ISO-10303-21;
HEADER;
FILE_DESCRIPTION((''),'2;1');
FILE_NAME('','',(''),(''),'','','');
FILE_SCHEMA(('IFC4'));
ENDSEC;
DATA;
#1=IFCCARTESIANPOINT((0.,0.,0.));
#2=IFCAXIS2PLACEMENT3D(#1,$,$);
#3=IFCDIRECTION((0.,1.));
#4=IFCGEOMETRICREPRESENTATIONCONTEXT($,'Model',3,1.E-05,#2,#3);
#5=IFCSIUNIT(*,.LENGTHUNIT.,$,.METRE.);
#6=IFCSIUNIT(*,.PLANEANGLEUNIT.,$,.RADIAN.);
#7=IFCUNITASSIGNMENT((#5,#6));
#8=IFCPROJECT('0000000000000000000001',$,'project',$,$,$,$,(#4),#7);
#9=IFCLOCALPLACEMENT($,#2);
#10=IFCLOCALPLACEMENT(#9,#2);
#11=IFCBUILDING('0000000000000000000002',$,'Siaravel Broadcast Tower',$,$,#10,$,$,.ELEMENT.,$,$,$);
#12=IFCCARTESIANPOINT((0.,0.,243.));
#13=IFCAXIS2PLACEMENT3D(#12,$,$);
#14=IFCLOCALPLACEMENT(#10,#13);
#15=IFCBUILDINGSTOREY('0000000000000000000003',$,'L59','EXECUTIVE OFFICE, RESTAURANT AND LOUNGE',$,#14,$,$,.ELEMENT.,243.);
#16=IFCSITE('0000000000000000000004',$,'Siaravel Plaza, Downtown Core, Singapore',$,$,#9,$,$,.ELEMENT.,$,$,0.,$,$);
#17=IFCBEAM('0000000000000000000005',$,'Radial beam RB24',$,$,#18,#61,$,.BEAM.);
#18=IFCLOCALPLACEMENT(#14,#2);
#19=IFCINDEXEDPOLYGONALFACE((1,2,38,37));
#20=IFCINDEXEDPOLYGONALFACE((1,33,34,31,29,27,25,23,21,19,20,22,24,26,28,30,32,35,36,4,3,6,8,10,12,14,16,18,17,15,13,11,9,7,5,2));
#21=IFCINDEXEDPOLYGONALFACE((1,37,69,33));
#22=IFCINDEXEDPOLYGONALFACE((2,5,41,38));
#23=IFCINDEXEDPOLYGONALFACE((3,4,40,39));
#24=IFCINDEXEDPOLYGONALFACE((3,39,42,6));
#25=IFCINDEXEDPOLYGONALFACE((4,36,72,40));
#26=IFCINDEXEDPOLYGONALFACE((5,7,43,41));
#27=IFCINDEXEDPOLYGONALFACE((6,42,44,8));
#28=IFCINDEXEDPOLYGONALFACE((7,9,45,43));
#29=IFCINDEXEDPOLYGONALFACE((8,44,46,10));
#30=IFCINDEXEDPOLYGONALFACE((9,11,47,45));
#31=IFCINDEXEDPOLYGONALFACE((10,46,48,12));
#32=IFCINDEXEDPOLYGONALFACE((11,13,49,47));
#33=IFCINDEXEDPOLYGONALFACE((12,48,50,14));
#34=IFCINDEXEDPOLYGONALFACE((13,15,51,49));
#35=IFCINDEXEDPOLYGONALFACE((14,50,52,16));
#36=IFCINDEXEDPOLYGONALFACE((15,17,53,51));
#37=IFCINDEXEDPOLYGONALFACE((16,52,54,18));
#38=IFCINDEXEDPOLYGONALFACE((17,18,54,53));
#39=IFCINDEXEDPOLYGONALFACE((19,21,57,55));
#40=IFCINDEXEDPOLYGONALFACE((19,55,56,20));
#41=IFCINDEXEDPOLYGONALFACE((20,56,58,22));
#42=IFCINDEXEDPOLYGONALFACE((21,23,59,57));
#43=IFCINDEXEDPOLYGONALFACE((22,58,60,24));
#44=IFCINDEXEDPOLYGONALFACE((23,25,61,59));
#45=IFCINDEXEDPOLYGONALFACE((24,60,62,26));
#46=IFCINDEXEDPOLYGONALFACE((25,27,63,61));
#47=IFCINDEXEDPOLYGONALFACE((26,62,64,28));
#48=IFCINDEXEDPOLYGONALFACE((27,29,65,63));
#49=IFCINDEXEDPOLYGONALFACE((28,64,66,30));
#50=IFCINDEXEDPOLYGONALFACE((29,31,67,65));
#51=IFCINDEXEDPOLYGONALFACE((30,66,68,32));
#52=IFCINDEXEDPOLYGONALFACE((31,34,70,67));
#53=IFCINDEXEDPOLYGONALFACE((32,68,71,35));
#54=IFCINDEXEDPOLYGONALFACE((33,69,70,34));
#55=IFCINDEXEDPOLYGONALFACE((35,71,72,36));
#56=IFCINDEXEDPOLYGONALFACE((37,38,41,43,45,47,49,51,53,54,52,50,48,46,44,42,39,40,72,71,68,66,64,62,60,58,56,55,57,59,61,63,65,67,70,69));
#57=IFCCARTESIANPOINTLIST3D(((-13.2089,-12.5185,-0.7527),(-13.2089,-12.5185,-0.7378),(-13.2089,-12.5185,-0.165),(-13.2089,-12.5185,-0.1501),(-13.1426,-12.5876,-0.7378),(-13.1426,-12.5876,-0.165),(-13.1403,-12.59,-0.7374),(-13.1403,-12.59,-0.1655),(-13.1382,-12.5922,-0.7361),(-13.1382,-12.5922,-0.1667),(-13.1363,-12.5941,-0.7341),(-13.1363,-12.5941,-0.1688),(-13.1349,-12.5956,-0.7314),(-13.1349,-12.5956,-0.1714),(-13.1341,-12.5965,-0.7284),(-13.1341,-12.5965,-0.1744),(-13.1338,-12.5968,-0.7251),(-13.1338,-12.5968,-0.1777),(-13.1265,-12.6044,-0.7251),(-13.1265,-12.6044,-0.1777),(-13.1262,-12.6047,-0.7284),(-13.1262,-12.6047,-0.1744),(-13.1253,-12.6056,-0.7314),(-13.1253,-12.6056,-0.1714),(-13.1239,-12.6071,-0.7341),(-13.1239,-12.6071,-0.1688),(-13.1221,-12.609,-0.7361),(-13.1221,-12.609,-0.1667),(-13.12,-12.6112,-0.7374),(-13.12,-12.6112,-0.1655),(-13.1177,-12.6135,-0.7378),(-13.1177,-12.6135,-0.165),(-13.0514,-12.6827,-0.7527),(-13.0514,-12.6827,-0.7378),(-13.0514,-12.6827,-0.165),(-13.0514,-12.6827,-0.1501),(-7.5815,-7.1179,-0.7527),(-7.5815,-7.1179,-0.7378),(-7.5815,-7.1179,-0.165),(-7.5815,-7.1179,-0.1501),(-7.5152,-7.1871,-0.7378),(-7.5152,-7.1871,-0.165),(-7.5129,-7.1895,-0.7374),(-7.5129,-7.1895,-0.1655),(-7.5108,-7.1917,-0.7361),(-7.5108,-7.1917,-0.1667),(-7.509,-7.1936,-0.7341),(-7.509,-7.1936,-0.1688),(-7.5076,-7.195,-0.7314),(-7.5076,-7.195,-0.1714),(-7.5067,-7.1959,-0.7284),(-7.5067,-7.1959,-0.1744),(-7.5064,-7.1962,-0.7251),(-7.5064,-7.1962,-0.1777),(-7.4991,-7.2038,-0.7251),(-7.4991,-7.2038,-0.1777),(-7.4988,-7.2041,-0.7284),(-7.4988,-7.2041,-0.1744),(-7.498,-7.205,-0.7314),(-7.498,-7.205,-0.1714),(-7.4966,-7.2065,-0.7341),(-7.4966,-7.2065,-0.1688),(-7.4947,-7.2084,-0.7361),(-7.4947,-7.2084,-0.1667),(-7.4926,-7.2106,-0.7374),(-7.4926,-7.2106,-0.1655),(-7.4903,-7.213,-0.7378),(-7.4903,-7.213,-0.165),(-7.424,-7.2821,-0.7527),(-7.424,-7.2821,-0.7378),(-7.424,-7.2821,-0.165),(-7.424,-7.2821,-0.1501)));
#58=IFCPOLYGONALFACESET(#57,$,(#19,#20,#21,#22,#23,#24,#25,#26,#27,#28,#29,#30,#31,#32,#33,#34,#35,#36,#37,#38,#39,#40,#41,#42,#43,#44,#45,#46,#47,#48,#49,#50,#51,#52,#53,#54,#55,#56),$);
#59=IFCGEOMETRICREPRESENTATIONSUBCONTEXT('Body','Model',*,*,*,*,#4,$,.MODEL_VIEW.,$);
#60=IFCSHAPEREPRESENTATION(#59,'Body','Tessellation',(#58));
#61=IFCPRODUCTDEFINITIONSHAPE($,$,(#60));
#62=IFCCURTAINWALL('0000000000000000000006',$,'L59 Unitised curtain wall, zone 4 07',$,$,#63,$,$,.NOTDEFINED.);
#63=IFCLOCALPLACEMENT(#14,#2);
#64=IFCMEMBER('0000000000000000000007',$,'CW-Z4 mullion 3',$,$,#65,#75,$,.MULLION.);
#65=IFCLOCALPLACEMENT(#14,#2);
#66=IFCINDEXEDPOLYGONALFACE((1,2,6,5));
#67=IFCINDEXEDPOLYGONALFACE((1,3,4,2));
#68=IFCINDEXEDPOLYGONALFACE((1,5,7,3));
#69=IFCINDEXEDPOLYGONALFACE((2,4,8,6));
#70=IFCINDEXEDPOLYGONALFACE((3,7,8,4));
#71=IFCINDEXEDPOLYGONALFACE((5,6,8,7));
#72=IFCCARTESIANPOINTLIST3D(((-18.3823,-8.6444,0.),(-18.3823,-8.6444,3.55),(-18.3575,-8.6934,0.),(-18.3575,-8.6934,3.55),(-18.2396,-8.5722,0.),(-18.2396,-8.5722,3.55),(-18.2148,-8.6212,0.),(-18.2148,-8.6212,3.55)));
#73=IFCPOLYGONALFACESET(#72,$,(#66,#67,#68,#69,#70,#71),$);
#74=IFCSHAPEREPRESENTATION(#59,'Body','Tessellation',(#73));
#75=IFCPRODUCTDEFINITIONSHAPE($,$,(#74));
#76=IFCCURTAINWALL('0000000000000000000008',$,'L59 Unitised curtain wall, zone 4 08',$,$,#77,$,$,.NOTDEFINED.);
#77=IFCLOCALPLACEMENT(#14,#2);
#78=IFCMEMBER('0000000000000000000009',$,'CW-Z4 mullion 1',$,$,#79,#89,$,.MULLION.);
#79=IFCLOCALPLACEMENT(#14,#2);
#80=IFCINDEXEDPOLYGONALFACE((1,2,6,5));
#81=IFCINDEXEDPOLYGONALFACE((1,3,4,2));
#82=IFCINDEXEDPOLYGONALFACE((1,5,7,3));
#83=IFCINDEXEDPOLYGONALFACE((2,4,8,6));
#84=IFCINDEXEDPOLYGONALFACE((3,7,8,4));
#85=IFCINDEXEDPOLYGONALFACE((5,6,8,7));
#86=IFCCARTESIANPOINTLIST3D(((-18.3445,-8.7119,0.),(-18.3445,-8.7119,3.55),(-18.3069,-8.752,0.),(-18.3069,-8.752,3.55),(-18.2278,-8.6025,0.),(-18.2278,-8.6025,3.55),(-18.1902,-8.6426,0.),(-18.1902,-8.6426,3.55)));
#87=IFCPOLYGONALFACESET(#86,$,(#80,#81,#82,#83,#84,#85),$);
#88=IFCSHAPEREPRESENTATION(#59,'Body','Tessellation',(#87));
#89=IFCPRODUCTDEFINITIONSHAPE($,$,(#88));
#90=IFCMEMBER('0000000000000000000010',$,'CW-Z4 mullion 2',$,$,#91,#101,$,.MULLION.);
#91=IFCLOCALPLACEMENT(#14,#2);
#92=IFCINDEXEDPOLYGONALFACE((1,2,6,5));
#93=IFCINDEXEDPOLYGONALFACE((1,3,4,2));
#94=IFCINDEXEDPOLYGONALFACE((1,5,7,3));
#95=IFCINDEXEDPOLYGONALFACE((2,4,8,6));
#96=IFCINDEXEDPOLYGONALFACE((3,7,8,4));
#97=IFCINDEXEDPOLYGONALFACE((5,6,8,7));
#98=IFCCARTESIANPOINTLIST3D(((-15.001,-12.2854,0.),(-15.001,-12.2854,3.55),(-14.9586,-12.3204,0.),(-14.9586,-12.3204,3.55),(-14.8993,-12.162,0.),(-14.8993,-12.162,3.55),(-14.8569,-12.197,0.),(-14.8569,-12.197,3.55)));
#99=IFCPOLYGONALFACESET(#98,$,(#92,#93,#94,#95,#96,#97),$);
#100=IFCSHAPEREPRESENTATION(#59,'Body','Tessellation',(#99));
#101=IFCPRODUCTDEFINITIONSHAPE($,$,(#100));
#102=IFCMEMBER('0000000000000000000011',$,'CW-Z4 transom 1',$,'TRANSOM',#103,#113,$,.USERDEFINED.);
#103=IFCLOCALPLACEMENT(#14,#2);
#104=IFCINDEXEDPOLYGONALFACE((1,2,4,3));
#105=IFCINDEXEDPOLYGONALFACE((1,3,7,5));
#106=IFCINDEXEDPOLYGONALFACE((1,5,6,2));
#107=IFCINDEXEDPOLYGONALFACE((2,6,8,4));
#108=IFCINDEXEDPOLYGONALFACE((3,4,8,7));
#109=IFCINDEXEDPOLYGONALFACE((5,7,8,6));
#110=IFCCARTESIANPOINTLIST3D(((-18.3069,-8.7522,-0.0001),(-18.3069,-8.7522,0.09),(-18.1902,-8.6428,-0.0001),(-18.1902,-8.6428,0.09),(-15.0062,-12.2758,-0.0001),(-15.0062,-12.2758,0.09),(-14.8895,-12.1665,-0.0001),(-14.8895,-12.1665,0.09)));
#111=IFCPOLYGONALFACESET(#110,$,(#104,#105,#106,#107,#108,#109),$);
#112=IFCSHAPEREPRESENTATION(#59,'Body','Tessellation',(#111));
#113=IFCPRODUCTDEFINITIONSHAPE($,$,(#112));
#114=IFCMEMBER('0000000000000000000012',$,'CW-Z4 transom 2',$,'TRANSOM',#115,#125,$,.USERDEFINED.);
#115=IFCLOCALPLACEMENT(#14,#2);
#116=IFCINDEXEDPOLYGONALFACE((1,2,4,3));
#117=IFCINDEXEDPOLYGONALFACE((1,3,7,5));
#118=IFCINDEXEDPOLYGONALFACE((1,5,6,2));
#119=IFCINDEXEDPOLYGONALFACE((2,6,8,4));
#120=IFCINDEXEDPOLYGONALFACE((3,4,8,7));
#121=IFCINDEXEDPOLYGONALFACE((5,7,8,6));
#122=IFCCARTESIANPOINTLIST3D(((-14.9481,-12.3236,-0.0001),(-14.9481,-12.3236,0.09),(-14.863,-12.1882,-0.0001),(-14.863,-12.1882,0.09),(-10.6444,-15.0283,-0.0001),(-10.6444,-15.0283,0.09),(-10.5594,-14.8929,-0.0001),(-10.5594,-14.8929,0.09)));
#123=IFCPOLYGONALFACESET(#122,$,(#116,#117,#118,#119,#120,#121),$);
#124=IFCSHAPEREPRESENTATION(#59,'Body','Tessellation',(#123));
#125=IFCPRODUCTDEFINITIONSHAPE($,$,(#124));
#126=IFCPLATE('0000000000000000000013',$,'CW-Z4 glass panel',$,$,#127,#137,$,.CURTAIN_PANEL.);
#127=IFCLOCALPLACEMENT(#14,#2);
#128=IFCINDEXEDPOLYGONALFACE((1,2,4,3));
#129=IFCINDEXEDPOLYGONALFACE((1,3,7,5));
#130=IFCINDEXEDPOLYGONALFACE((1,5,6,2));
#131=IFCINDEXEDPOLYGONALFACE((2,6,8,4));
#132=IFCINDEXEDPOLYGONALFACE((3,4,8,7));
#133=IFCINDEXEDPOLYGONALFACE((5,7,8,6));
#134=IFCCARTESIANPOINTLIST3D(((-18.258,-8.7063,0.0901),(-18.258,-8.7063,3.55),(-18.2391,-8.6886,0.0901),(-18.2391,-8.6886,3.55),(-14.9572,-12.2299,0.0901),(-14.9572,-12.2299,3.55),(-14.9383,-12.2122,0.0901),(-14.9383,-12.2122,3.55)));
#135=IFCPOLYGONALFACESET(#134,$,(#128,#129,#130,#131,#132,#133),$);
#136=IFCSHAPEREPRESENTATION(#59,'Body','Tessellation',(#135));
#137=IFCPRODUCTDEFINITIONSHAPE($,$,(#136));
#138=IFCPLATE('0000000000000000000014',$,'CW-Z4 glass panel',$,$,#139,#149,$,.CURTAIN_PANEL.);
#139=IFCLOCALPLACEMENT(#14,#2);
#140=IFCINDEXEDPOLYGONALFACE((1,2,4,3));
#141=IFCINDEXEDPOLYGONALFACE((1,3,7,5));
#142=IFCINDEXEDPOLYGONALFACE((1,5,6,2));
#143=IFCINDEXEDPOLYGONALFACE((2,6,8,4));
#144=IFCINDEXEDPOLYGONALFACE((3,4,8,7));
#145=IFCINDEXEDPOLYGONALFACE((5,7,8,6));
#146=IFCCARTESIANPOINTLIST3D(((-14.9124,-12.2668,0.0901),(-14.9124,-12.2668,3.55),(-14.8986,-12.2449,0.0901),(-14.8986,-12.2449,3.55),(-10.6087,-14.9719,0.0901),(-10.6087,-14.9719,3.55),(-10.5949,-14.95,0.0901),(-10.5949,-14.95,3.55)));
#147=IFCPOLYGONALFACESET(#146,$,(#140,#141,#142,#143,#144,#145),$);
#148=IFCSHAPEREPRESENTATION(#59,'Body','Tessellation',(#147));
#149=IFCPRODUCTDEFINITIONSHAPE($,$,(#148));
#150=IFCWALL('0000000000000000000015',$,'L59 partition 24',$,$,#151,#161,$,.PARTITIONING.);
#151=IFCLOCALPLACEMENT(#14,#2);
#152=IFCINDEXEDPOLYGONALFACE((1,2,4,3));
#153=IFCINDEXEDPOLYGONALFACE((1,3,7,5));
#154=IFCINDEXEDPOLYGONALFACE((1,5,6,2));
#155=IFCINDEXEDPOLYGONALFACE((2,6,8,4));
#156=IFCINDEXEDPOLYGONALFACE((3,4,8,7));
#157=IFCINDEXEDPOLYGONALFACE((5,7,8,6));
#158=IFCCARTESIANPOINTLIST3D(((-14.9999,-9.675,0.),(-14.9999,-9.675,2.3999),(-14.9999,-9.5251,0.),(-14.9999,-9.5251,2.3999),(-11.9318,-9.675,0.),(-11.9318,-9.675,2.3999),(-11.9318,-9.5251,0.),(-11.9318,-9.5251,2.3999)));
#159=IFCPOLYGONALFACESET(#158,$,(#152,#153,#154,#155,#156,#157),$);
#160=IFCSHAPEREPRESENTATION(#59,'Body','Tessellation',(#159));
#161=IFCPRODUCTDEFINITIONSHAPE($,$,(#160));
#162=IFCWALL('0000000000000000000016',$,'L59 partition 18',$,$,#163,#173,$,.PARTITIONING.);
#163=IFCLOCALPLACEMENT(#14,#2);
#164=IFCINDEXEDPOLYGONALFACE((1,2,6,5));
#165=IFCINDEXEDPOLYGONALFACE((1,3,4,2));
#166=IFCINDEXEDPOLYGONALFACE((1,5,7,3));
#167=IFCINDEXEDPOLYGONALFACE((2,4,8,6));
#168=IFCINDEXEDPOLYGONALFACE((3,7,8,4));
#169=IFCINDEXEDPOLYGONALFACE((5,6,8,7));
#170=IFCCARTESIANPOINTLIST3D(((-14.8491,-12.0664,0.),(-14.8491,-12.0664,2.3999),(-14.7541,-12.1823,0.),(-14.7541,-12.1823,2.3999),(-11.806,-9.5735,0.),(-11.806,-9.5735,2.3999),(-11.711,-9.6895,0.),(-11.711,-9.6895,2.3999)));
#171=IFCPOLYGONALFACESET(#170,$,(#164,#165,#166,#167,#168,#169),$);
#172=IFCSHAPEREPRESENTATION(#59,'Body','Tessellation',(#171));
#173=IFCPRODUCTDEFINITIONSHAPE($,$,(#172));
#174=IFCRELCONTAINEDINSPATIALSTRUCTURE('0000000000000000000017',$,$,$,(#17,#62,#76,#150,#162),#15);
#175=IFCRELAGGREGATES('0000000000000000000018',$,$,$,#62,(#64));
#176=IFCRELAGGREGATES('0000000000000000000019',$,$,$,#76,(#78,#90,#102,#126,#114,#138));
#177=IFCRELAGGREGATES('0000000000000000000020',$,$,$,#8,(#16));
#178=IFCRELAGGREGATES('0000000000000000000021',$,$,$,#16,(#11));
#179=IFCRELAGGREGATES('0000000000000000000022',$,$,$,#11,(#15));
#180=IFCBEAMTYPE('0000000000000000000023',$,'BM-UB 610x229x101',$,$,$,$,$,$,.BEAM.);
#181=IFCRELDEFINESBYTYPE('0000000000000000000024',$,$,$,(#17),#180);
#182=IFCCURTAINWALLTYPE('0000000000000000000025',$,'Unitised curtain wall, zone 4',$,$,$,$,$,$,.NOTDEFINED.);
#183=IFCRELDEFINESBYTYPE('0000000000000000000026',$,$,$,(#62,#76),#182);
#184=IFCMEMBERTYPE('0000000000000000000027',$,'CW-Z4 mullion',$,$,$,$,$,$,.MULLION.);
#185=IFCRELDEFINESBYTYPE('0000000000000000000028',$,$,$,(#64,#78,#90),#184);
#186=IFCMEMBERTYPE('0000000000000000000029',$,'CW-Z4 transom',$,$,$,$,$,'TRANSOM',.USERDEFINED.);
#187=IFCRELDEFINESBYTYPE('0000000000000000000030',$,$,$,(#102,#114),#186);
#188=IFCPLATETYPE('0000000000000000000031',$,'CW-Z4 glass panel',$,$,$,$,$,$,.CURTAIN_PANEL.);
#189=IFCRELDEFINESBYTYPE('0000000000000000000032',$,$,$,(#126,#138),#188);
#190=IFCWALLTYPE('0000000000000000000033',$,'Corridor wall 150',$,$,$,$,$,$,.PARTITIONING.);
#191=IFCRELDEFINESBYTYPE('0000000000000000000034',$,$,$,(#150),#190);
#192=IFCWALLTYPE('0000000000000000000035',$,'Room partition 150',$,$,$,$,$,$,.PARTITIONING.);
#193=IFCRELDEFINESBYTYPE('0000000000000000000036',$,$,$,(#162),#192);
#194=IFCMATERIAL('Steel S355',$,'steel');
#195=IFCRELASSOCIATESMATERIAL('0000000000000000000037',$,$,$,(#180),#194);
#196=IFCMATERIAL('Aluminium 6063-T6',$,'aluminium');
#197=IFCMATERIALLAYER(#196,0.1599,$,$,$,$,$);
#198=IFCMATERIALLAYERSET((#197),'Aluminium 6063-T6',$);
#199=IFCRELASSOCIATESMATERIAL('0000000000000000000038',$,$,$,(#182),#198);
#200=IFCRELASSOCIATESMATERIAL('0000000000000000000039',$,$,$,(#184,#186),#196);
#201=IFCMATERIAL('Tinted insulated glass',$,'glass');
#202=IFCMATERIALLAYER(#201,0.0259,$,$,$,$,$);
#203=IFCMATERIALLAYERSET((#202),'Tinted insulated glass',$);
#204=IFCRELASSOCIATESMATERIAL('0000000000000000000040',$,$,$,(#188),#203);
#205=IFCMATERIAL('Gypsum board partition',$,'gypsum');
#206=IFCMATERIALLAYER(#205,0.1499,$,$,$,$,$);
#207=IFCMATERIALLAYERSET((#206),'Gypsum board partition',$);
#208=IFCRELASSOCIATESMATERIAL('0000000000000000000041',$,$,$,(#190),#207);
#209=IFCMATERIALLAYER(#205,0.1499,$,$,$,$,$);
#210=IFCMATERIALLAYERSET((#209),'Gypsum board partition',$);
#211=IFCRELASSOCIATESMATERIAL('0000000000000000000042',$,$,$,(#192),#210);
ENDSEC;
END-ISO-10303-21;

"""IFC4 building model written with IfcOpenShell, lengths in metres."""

from ifc_helpers import new_model, si_unit, direction, frame, frame_2d, origin, origin_2d, place, context, subcontext, project, spatial, rectangle, i_section, extrude, material, layer, layer_set, material_profile, profile_set, type_object, element, aggregate, save


model = new_model("IFC4")

# Units and contexts
model_context = context("Model", 3, precision=1e-05, world=origin(), true_north=direction((0.0, 1.0)))
body_context = subcontext(model_context, "Body", "Model", "MODEL_VIEW")
ifc_project = project(units=[si_unit("LENGTHUNIT", "METRE"), si_unit("PLANEANGLEUNIT", "RADIAN")], contexts=[model_context])

# Site, building, storey
site_placement = place(None, origin())
site = spatial("IfcSite", under=ifc_project, at=site_placement, Name="Siaravel Plaza, Downtown Core, Singapore", CompositionType="ELEMENT", RefElevation=0.0)
building_placement = place(site_placement, origin())
building = spatial("IfcBuilding", under=site, at=building_placement, Name="Siaravel Broadcast Tower", CompositionType="ELEMENT")
storey_placement = place(building_placement, frame((0.0, 0.0, 243.0)))
storey = spatial("IfcBuildingStorey", under=building, at=storey_placement, Name="L59", Description="EXECUTIVE OFFICE, RESTAURANT AND LOUNGE", CompositionType="ELEMENT", Elevation=243.0)

# Beam
ifc_material_1 = material(Name="Steel S355", Category="steel")
ifc_material_profile_1 = material_profile(ifc_material_1, i_section(OverallWidth=0.2275, OverallDepth=0.6025, WebThickness=0.0105, FlangeThickness=0.0149, FilletRadius=0.0127, at=origin_2d()))
ifc_profile_set_1 = profile_set([ifc_material_profile_1], Name="Steel S355")
beam_type = type_object("IfcBeamType", Name="BM-UB 610x229x101", PredefinedType="BEAM", material=ifc_profile_set_1)
beam_1_placement = place(storey_placement, frame((-13.1301, -12.6006, -0.4514), z_axis=(0.721497, 0.692418, 0.0), x_axis=(-0.692418, 0.721497, 0.0)))
element("IfcBeam", 1, at=beam_1_placement, inside=storey, type_object=beam_type, Name="Radial beam RB24", PredefinedType="BEAM", context=body_context, shape_type="SweptSolid", body=[
    extrude(i_section(OverallWidth=0.2275, OverallDepth=0.6025, WebThickness=0.0105, FlangeThickness=0.0149, FilletRadius=0.0127, at=origin_2d()), origin(), (0.0, 0.0, 1.0), 7.7996),
])

# Curtain wall, member
ifc_material_2 = material(Name="Aluminium 6063-T6", Category="aluminium")
ifc_layer_1 = layer(ifc_material_2, 0.1599)
ifc_layer_set_1 = layer_set([ifc_layer_1], Name="Aluminium 6063-T6")
curtain_wall_type = type_object("IfcCurtainWallType", Name="Unitised curtain wall, zone 4", PredefinedType="NOTDEFINED", material=ifc_layer_set_1)
curtain_wall_1_placement = place(storey_placement, origin())
curtain_wall_1 = element("IfcCurtainWall", 2, at=curtain_wall_1_placement, inside=storey, type_object=curtain_wall_type, Name="L59 Unitised curtain wall, zone 4 07", PredefinedType="NOTDEFINED")
ifc_material_profile_2 = material_profile(ifc_material_2, rectangle(XDim=0.1599, YDim=0.0549, at=origin_2d()))
ifc_profile_set_2 = profile_set([ifc_material_profile_2], Name="Aluminium 6063-T6")
member_type_1 = type_object("IfcMemberType", Name="CW-Z4 mullion", PredefinedType="MULLION", material=ifc_profile_set_2)
member_1_placement = place(storey_placement, frame((-18.2986, -8.6328, 0.0), z_axis=(0.0, 0.0, 1.0), x_axis=(0.892393, 0.451259, 0.0)))
member_1 = element("IfcMember", 3, at=member_1_placement, type_object=member_type_1, Name="CW-Z4 mullion 3", PredefinedType="MULLION", context=body_context, shape_type="SweptSolid", body=[
    extrude(rectangle(XDim=0.1599, YDim=0.0549, at=origin_2d()), origin(), (0.0, 0.0, 1.0), 3.55),
])
aggregate(curtain_wall_1, [member_1])

# Curtain wall, members, plates
curtain_wall_2_placement = place(storey_placement, origin())
curtain_wall_2 = element("IfcCurtainWall", 4, at=curtain_wall_2_placement, inside=storey, type_object=curtain_wall_type, Name="L59 Unitised curtain wall, zone 4 08", PredefinedType="NOTDEFINED")
member_2_placement = place(storey_placement, frame((-18.2673, -8.6772, 0.0), z_axis=(0.0, 0.0, 1.0), x_axis=(0.729807, 0.683654, 0.0)))
member_2 = element("IfcMember", 5, at=member_2_placement, type_object=member_type_1, Name="CW-Z4 mullion 1", PredefinedType="MULLION", context=body_context, shape_type="SweptSolid", body=[
    extrude(rectangle(XDim=0.1599, YDim=0.0549, at=origin_2d()), origin(), (0.0, 0.0, 1.0), 3.55),
])
member_3_placement = place(storey_placement, frame((-14.929, -12.2412, 0.0), z_axis=(0.0, 0.0, 1.0), x_axis=(0.63622, 0.771508, 0.0)))
member_3 = element("IfcMember", 6, at=member_3_placement, type_object=member_type_1, Name="CW-Z4 mullion 2", PredefinedType="MULLION", context=body_context, shape_type="SweptSolid", body=[
    extrude(rectangle(XDim=0.1599, YDim=0.0549, at=origin_2d()), origin(), (0.0, 0.0, 1.0), 3.55),
])
ifc_material_profile_3 = material_profile(ifc_material_2, rectangle(XDim=0.1599, YDim=0.0901, at=origin_2d()))
ifc_profile_set_3 = profile_set([ifc_material_profile_3], Name="Aluminium 6063-T6")
member_type_2 = type_object("IfcMemberType", Name="CW-Z4 transom", ElementType="TRANSOM", PredefinedType="USERDEFINED", material=ifc_profile_set_3)
member_4_placement = place(storey_placement, frame((-18.2485, -8.6975, 0.0449), z_axis=(0.683647, -0.729813, 0.0), x_axis=(0.729813, 0.683647, 0.0)))
member_4 = element("IfcMember", 7, at=member_4_placement, type_object=member_type_2, Name="CW-Z4 transom 1", ObjectType="TRANSOM", PredefinedType="USERDEFINED", context=body_context, shape_type="SweptSolid", body=[
    extrude(rectangle(XDim=0.1599, YDim=0.0901, at=origin_2d()), origin(), (0.0, 0.0, 1.0), 4.8281),
])
member_5_placement = place(storey_placement, frame((-14.9055, -12.2559, 0.0449), z_axis=(0.846668, -0.532121, 0.0), x_axis=(0.532121, 0.846668, 0.0)))
member_5 = element("IfcMember", 8, at=member_5_placement, type_object=member_type_2, Name="CW-Z4 transom 2", ObjectType="TRANSOM", PredefinedType="USERDEFINED", context=body_context, shape_type="SweptSolid", body=[
    extrude(rectangle(XDim=0.1599, YDim=0.0901, at=origin_2d()), origin(), (0.0, 0.0, 1.0), 5.083),
])
ifc_material_3 = material(Name="Tinted insulated glass", Category="glass")
ifc_layer_2 = layer(ifc_material_3, 0.0259)
ifc_layer_set_2 = layer_set([ifc_layer_2], Name="Tinted insulated glass")
plate_type = type_object("IfcPlateType", Name="CW-Z4 glass panel", PredefinedType="CURTAIN_PANEL", material=ifc_layer_set_2)
plate_1_placement = place(storey_placement, frame((-16.5981, -10.4592, 0.0901), z_axis=(0.0, 0.0, 1.0), x_axis=(0.683654, -0.729807, 0.0)))
plate_1 = element("IfcPlate", 9, at=plate_1_placement, type_object=plate_type, Name="CW-Z4 glass panel", PredefinedType="CURTAIN_PANEL", context=body_context, shape_type="SweptSolid", body=[
    extrude(rectangle(XDim=4.8281, YDim=0.0259, at=origin_2d()), origin(), (0.0, 0.0, 1.0), 3.46),
])
plate_2_placement = place(storey_placement, frame((-12.7537, -13.6084, 0.0901), z_axis=(0.0, 0.0, 1.0), x_axis=(0.84665, -0.53215, 0.0)))
plate_2 = element("IfcPlate", 10, at=plate_2_placement, type_object=plate_type, Name="CW-Z4 glass panel", PredefinedType="CURTAIN_PANEL", context=body_context, shape_type="SweptSolid", body=[
    extrude(rectangle(XDim=5.0833, YDim=0.0259, at=origin_2d()), origin(), (0.0, 0.0, 1.0), 3.46),
])
aggregate(curtain_wall_2, [member_2, member_3, member_4, plate_1, member_5, plate_2])

# Shared definitions
ifc_material_4 = material(Name="Gypsum board partition", Category="gypsum")
ifc_layer_3 = layer(ifc_material_4, 0.1499)
ifc_layer_set_3 = layer_set([ifc_layer_3], Name="Gypsum board partition")
wall_type_1 = type_object("IfcWallType", Name="Corridor wall 150", PredefinedType="PARTITIONING", material=ifc_layer_set_3)

# Walls
wall_1_placement = place(storey_placement, frame((-15.0, -9.6001, 0.0), z_axis=(0.0, 0.0, 1.0), x_axis=(1.0, 0.0, 0.0)))
element("IfcWall", 11, at=wall_1_placement, inside=storey, type_object=wall_type_1, Name="L59 partition 24", PredefinedType="PARTITIONING", context=body_context, shape_type="SweptSolid", body=[
    extrude(rectangle(XDim=3.0681, YDim=0.1499, at=frame_2d((1.5342, 0.0))), origin(), (0.0, 0.0, 1.0), 2.3999),
])
ifc_layer_4 = layer(ifc_material_4, 0.1499)
ifc_layer_set_4 = layer_set([ifc_layer_4], Name="Gypsum board partition")
wall_type_2 = type_object("IfcWallType", Name="Room partition 150", PredefinedType="PARTITIONING", material=ifc_layer_set_4)
wall_2_placement = place(storey_placement, frame((-14.8015, -12.1243, 0.0), z_axis=(0.0, 0.0, 1.0), x_axis=(0.773581, 0.633697, 0.0)))
element("IfcWall", 12, at=wall_2_placement, inside=storey, type_object=wall_type_2, Name="L59 partition 18", PredefinedType="PARTITIONING", context=body_context, shape_type="SweptSolid", body=[
    extrude(rectangle(XDim=3.9338, YDim=0.1499, at=frame_2d((1.9668, 0.0))), origin(), (0.0, 0.0, 1.0), 2.3999),
])

save(model, "model.ifc")
